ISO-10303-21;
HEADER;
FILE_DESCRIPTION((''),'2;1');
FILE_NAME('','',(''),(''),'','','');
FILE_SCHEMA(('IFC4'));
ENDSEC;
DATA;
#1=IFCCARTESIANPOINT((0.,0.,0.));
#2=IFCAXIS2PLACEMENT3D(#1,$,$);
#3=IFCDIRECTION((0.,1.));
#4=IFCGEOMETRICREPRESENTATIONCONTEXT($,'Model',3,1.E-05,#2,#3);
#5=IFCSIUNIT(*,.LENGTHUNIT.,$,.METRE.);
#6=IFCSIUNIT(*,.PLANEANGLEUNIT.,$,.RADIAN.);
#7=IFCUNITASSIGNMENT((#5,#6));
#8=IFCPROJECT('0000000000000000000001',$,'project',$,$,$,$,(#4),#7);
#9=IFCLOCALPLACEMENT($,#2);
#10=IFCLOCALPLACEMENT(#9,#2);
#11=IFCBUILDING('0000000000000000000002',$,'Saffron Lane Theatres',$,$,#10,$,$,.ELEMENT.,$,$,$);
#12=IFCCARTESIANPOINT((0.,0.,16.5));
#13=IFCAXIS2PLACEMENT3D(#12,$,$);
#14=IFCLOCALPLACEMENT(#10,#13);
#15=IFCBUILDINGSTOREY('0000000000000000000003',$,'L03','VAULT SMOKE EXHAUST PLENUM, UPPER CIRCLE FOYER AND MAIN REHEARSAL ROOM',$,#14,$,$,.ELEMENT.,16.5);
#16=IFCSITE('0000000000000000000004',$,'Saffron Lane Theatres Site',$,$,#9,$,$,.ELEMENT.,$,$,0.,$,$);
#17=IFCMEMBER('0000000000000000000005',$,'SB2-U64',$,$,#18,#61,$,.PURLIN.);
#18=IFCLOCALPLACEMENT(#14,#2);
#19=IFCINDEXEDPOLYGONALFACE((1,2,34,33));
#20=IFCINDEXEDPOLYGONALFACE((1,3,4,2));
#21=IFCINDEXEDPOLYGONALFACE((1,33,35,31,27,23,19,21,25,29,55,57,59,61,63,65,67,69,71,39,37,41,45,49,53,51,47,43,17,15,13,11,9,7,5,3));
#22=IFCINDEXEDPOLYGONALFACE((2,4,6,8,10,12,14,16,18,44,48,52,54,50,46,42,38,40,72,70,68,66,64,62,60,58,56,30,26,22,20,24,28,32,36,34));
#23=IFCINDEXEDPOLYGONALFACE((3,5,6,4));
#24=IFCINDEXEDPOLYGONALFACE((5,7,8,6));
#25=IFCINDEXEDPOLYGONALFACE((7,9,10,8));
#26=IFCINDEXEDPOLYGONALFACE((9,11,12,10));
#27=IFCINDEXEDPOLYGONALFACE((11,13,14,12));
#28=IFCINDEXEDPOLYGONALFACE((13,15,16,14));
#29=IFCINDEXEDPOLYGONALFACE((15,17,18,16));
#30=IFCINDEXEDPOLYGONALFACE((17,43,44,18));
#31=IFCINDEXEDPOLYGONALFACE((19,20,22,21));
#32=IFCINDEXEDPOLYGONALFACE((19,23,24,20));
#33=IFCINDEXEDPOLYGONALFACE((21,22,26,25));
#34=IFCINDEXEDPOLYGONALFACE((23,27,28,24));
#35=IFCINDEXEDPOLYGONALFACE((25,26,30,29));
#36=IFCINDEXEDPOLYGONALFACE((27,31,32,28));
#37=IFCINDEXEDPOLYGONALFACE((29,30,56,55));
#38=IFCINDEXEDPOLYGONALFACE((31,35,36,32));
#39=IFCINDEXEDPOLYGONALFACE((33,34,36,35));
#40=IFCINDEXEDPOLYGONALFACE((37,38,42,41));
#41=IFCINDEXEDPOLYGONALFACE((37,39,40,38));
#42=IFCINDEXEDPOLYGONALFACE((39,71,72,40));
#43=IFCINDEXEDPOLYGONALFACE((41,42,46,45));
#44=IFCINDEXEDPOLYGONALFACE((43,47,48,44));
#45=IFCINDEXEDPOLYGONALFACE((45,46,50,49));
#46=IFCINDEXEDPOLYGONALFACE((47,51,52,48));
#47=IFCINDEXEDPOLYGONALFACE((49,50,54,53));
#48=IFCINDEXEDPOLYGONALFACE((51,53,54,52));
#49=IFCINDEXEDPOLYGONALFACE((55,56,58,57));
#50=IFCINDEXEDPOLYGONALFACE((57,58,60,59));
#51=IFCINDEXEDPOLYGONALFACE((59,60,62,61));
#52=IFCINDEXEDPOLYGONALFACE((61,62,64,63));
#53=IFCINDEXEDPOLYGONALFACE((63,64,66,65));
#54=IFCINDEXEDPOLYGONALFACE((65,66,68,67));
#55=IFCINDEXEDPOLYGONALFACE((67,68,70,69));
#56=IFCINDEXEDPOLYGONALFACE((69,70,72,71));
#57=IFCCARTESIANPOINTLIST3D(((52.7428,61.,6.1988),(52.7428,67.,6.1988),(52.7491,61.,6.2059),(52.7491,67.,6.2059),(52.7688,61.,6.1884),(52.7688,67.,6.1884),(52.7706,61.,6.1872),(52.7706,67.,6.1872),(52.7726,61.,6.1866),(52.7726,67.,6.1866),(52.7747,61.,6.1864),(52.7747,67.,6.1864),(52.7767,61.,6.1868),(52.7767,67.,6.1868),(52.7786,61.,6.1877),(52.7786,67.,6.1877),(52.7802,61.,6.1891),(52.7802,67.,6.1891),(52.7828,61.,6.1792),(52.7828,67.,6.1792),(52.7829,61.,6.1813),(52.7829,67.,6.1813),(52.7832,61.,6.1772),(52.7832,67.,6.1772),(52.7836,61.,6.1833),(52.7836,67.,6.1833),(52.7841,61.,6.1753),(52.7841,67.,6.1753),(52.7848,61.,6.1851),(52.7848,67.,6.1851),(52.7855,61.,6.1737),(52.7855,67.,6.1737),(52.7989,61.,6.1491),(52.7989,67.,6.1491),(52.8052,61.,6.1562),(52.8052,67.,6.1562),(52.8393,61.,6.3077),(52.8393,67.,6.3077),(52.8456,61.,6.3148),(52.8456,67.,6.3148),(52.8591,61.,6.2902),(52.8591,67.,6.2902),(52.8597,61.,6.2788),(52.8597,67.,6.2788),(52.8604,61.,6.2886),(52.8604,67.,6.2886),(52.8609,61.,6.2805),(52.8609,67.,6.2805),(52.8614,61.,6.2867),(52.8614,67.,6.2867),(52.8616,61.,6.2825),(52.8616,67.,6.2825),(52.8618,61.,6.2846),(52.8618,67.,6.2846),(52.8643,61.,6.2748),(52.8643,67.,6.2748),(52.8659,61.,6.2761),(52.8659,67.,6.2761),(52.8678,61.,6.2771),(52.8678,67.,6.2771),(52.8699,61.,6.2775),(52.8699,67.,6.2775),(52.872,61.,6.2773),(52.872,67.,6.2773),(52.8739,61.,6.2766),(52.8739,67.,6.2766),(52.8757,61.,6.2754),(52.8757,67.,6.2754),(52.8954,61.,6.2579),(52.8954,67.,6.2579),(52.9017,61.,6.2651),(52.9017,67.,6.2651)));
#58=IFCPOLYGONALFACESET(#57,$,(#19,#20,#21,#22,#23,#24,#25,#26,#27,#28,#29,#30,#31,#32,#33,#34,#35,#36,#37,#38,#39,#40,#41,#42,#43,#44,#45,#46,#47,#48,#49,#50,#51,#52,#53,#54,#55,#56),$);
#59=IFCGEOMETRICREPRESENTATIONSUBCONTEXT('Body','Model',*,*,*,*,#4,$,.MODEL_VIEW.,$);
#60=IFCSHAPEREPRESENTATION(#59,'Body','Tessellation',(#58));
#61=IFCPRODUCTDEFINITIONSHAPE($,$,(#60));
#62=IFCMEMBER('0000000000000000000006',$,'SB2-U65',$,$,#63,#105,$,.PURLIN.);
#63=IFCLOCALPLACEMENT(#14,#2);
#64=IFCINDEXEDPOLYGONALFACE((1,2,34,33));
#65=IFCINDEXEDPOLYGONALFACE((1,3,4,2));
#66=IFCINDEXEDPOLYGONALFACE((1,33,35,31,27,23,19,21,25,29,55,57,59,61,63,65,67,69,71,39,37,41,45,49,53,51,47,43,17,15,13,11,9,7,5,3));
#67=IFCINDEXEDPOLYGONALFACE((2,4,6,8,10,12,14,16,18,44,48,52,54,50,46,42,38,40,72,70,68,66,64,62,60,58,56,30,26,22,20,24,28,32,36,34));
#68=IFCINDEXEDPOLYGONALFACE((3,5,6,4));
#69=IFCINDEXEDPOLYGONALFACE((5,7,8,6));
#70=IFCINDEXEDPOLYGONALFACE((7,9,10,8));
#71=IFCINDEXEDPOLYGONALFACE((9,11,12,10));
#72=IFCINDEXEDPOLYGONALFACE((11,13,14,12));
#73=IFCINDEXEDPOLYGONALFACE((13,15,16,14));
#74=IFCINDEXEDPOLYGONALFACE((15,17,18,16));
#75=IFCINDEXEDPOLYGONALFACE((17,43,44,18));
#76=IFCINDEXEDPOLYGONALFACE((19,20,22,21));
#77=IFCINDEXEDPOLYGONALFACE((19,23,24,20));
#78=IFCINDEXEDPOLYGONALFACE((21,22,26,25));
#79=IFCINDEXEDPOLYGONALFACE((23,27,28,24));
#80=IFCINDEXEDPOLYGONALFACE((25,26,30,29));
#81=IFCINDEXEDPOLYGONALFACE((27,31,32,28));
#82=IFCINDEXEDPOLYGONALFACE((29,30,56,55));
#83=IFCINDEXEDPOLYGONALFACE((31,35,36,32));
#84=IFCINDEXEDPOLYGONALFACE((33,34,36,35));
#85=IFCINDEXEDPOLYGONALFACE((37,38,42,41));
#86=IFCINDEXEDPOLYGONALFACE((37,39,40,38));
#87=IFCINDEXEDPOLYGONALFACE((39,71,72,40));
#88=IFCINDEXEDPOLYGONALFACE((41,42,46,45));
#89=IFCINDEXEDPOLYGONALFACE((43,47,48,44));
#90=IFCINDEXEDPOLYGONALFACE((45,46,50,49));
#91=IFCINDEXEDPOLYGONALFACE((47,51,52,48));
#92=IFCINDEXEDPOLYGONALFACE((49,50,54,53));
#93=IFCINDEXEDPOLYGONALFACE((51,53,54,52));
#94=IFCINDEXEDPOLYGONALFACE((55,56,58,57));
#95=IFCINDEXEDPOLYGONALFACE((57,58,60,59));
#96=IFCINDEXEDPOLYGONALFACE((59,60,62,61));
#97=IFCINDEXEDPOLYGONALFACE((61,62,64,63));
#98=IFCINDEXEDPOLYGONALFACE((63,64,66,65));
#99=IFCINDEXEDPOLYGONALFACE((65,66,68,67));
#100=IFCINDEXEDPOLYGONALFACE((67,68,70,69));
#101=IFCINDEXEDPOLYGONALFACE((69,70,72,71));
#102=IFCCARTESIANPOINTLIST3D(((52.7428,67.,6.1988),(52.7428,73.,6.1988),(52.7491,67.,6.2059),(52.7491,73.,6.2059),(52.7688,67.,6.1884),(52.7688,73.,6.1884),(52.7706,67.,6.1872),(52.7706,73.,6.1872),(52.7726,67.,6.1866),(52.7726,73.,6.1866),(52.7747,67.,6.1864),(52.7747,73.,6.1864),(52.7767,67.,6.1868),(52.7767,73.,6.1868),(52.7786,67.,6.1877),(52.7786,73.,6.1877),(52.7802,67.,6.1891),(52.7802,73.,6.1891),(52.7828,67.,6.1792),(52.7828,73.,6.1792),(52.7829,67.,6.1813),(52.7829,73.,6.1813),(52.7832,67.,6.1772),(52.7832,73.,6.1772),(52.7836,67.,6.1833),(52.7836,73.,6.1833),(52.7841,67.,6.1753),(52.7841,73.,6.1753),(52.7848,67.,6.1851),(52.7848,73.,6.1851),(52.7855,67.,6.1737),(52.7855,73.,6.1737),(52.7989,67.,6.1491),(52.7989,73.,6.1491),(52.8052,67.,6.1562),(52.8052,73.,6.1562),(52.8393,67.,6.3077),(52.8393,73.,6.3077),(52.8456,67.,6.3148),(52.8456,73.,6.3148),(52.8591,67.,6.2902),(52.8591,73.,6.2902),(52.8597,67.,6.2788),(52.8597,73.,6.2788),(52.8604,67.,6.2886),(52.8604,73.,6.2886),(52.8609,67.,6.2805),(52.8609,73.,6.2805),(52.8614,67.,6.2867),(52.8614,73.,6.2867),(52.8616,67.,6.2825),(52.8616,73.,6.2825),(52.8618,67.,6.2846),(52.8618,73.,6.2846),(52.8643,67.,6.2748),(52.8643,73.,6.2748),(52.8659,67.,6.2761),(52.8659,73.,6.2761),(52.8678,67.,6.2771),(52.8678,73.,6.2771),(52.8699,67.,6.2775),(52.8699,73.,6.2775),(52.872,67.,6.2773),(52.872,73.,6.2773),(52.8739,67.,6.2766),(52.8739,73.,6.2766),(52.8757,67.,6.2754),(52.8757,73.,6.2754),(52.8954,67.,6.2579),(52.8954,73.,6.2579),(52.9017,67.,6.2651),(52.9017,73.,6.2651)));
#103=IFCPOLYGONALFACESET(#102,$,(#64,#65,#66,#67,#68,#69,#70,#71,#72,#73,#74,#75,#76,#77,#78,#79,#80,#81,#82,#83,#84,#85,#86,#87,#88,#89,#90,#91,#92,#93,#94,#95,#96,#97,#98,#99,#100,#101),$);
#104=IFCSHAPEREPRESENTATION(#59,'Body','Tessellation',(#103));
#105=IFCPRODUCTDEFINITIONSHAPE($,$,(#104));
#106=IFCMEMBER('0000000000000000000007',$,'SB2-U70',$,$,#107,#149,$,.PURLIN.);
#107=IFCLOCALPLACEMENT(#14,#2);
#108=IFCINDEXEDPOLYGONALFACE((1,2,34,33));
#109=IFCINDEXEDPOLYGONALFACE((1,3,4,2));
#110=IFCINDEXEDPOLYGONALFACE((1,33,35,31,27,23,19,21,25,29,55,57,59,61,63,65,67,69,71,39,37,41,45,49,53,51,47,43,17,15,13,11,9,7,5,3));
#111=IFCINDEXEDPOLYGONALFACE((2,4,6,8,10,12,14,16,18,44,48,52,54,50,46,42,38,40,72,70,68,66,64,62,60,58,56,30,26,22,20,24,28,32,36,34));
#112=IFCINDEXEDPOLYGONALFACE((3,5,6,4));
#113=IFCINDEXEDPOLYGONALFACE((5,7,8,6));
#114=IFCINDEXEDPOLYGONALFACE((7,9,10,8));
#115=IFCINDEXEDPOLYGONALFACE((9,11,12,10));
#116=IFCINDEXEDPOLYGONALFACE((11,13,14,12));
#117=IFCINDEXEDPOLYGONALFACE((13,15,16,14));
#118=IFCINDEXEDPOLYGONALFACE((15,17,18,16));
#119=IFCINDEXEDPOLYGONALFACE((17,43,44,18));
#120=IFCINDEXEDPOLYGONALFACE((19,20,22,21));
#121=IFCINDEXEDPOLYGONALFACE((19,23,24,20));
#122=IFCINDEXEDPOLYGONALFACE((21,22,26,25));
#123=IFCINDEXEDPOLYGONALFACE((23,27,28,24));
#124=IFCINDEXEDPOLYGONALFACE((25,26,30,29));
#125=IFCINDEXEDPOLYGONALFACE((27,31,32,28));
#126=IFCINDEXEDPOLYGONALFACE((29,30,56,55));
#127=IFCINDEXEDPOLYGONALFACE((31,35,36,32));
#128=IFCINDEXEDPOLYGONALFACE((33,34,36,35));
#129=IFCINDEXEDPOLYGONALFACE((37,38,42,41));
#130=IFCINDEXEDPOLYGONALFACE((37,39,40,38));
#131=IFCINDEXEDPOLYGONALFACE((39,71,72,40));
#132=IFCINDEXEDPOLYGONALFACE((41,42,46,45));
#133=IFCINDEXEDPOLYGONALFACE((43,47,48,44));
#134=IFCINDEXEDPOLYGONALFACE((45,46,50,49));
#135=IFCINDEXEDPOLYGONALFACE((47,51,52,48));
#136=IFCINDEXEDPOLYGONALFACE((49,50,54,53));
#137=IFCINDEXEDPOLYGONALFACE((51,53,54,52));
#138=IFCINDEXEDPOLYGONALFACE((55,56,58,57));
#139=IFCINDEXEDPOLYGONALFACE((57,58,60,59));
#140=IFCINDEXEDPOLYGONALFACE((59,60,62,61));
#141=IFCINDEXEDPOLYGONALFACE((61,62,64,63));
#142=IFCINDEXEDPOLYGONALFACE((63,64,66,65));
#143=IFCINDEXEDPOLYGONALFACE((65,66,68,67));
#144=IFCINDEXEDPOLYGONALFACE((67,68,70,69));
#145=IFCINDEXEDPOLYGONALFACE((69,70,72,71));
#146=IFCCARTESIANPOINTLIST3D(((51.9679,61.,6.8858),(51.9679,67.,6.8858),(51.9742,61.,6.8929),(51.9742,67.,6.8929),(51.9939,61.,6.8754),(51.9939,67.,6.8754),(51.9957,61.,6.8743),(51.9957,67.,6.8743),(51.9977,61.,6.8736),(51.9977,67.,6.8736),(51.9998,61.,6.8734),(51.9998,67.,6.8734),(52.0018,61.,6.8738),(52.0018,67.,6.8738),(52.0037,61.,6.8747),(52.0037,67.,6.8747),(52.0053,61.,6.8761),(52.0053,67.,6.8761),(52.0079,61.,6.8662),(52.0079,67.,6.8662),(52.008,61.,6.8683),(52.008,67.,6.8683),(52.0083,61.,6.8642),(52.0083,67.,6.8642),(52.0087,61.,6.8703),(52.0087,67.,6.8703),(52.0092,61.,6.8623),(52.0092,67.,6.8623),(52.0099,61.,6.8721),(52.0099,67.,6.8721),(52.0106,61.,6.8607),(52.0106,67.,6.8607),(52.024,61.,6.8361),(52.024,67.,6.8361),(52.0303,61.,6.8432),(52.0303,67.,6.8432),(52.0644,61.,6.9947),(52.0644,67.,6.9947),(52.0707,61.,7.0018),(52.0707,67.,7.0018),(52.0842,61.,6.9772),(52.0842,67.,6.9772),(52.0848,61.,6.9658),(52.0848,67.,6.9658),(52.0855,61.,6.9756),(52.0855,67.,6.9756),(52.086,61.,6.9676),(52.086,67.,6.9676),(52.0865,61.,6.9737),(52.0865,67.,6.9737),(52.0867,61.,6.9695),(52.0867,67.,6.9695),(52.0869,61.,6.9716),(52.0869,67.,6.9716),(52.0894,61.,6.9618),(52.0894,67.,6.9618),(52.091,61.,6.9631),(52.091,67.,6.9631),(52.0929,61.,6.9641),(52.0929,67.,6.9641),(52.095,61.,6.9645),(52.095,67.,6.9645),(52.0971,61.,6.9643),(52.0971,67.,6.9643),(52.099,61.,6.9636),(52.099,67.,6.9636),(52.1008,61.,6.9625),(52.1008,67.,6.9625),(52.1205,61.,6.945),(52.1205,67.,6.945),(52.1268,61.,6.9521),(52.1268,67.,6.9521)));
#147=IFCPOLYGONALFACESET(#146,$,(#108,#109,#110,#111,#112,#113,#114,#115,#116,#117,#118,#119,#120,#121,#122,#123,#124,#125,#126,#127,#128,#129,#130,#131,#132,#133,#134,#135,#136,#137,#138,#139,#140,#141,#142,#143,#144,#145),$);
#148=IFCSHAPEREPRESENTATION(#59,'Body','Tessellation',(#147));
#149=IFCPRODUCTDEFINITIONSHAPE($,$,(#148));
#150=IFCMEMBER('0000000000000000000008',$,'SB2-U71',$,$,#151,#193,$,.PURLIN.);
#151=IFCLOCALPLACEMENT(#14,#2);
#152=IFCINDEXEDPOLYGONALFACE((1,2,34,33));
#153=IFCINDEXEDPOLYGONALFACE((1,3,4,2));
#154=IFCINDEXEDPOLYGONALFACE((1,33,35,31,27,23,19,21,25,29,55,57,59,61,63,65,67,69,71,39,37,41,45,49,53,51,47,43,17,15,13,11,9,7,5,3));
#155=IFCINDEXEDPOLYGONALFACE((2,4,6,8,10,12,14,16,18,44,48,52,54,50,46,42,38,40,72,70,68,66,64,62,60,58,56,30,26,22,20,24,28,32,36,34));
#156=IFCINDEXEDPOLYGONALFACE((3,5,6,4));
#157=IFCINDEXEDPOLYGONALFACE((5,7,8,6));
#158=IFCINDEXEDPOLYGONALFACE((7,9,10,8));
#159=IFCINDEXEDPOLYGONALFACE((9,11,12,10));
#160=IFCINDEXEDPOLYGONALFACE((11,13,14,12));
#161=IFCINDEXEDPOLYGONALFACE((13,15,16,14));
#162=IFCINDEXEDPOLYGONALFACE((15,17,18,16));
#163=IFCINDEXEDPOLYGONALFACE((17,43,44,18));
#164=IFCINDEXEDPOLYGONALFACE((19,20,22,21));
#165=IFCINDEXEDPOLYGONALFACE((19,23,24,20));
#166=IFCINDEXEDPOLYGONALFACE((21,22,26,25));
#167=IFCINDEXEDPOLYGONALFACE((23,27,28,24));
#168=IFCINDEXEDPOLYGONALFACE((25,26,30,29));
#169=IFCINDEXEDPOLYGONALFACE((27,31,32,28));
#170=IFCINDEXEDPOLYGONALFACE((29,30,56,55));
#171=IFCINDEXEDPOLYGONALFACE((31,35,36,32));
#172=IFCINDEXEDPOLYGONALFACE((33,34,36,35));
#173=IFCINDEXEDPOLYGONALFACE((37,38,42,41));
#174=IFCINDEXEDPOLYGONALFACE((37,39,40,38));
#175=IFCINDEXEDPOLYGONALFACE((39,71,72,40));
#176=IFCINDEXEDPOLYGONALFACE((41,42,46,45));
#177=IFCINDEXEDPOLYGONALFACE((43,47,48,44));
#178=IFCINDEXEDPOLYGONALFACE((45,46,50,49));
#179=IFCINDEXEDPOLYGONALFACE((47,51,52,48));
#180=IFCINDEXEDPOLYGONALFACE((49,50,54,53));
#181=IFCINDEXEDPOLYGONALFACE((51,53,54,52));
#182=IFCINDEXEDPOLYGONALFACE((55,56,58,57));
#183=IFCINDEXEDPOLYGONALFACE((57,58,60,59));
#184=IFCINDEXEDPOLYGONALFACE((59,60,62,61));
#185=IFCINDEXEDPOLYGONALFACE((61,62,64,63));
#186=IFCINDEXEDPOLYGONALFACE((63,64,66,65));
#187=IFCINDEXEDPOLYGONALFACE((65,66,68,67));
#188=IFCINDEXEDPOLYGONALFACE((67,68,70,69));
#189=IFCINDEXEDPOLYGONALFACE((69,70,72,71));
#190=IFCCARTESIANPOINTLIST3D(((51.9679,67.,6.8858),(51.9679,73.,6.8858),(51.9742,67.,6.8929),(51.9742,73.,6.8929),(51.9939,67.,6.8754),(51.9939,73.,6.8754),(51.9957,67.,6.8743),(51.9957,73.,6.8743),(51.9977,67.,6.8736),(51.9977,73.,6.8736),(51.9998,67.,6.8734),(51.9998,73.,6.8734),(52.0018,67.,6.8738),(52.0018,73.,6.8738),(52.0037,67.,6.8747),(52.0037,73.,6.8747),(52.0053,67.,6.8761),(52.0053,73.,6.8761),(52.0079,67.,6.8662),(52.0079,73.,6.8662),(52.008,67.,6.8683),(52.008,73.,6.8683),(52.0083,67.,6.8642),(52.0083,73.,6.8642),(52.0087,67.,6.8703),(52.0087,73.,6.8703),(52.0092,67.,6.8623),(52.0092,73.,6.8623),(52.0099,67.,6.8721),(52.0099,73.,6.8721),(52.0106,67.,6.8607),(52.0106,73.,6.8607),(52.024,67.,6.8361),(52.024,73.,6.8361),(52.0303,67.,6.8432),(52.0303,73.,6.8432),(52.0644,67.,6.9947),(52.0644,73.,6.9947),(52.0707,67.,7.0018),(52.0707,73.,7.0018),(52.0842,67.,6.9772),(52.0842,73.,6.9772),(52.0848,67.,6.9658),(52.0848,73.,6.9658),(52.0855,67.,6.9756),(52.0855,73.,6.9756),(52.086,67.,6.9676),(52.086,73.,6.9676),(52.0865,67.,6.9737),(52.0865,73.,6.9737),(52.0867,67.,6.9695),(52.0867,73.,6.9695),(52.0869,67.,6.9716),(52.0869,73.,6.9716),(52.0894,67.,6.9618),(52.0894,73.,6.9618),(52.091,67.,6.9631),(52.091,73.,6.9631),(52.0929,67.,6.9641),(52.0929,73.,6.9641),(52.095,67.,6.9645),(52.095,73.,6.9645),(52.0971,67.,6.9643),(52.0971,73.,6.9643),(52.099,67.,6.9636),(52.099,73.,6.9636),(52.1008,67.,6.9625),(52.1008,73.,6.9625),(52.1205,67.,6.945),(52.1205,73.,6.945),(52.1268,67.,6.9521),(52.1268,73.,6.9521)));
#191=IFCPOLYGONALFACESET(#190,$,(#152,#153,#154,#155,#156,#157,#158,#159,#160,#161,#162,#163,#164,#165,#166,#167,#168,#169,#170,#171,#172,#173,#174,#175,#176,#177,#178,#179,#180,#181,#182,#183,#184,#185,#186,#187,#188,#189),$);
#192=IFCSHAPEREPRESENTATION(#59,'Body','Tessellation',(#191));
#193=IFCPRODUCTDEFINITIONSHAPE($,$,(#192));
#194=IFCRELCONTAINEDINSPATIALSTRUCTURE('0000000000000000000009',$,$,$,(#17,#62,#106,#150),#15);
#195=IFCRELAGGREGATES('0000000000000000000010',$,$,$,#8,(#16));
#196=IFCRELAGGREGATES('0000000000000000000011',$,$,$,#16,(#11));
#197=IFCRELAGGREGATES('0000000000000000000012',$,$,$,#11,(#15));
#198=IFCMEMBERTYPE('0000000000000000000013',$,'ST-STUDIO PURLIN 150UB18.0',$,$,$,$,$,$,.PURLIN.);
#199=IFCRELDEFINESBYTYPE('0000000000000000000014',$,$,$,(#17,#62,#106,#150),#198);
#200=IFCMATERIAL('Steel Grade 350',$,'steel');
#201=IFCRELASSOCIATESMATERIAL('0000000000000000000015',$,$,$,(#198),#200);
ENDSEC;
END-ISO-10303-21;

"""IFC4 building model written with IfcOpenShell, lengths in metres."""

from ifc_helpers import new_model, si_unit, direction, frame, origin, origin_2d, place, context, subcontext, project, spatial, i_section, extrude, material, material_profile, profile_set, type_object, element, save


model = new_model("IFC4")

# Units and contexts
model_context = context("Model", 3, precision=1e-05, world=origin(), true_north=direction((0.0, 1.0)))
body_context = subcontext(model_context, "Body", "Model", "MODEL_VIEW")
ifc_project = project(units=[si_unit("LENGTHUNIT", "METRE"), si_unit("PLANEANGLEUNIT", "RADIAN")], contexts=[model_context])

# Site, building, storey
site_placement = place(None, origin())
site = spatial("IfcSite", under=ifc_project, at=site_placement, Name="Saffron Lane Theatres Site", CompositionType="ELEMENT", RefElevation=0.0)
building_placement = place(site_placement, origin())
building = spatial("IfcBuilding", under=site, at=building_placement, Name="Saffron Lane Theatres", CompositionType="ELEMENT")
storey_placement = place(building_placement, frame((0.0, 0.0, 16.5)))
storey = spatial("IfcBuildingStorey", under=building, at=storey_placement, Name="L03", Description="VAULT SMOKE EXHAUST PLENUM, UPPER CIRCLE FOYER AND MAIN REHEARSAL ROOM", CompositionType="ELEMENT", Elevation=16.5)

# Members
ifc_material_1 = material(Name="Steel Grade 350", Category="steel")
ifc_material_profile_1 = material_profile(ifc_material_1, i_section(OverallWidth=0.075, OverallDepth=0.155, WebThickness=0.0061, FlangeThickness=0.0095, FilletRadius=0.0081, at=origin_2d()))
ifc_profile_set_1 = profile_set([ifc_material_profile_1], Name="Steel Grade 350")
member_type_1 = type_object("IfcMemberType", Name="ST-STUDIO PURLIN 150UB18.0", PredefinedType="PURLIN", material=ifc_profile_set_1)
for number, where, z_axis, x_axis, name in (
    (1, (52.8223, 61.0, 6.2319), (0.0, 1.0, 0.0), (-0.748269, 0.0, 0.663396), "SB2-U64"),
    (2, (52.8223, 67.0, 6.2319), (0.0, 1.0, 0.0), (-0.748269, 0.0, 0.663396), "SB2-U65"),
    (3, (52.0474, 61.0, 6.9189), (0.0, 1.0, 0.0), (-0.748269, 0.0, 0.663396), "SB2-U70"),
    (4, (52.0474, 67.0, 6.9189), (0.0, 1.0, 0.0), (-0.748269, 0.0, 0.663396), "SB2-U71"),
):
    element("IfcMember", number, at=place(storey_placement, frame(where, z_axis=z_axis, x_axis=x_axis)), inside=storey, type_object=member_type_1, Name=name, PredefinedType="PURLIN", context=body_context, shape_type="SweptSolid", body=[
        extrude(i_section(OverallWidth=0.075, OverallDepth=0.155, WebThickness=0.0061, FlangeThickness=0.0095, FilletRadius=0.0081, at=origin_2d()), origin(), (0.0, 0.0, 1.0), 6.0),
    ])

save(model, "model.ifc")
